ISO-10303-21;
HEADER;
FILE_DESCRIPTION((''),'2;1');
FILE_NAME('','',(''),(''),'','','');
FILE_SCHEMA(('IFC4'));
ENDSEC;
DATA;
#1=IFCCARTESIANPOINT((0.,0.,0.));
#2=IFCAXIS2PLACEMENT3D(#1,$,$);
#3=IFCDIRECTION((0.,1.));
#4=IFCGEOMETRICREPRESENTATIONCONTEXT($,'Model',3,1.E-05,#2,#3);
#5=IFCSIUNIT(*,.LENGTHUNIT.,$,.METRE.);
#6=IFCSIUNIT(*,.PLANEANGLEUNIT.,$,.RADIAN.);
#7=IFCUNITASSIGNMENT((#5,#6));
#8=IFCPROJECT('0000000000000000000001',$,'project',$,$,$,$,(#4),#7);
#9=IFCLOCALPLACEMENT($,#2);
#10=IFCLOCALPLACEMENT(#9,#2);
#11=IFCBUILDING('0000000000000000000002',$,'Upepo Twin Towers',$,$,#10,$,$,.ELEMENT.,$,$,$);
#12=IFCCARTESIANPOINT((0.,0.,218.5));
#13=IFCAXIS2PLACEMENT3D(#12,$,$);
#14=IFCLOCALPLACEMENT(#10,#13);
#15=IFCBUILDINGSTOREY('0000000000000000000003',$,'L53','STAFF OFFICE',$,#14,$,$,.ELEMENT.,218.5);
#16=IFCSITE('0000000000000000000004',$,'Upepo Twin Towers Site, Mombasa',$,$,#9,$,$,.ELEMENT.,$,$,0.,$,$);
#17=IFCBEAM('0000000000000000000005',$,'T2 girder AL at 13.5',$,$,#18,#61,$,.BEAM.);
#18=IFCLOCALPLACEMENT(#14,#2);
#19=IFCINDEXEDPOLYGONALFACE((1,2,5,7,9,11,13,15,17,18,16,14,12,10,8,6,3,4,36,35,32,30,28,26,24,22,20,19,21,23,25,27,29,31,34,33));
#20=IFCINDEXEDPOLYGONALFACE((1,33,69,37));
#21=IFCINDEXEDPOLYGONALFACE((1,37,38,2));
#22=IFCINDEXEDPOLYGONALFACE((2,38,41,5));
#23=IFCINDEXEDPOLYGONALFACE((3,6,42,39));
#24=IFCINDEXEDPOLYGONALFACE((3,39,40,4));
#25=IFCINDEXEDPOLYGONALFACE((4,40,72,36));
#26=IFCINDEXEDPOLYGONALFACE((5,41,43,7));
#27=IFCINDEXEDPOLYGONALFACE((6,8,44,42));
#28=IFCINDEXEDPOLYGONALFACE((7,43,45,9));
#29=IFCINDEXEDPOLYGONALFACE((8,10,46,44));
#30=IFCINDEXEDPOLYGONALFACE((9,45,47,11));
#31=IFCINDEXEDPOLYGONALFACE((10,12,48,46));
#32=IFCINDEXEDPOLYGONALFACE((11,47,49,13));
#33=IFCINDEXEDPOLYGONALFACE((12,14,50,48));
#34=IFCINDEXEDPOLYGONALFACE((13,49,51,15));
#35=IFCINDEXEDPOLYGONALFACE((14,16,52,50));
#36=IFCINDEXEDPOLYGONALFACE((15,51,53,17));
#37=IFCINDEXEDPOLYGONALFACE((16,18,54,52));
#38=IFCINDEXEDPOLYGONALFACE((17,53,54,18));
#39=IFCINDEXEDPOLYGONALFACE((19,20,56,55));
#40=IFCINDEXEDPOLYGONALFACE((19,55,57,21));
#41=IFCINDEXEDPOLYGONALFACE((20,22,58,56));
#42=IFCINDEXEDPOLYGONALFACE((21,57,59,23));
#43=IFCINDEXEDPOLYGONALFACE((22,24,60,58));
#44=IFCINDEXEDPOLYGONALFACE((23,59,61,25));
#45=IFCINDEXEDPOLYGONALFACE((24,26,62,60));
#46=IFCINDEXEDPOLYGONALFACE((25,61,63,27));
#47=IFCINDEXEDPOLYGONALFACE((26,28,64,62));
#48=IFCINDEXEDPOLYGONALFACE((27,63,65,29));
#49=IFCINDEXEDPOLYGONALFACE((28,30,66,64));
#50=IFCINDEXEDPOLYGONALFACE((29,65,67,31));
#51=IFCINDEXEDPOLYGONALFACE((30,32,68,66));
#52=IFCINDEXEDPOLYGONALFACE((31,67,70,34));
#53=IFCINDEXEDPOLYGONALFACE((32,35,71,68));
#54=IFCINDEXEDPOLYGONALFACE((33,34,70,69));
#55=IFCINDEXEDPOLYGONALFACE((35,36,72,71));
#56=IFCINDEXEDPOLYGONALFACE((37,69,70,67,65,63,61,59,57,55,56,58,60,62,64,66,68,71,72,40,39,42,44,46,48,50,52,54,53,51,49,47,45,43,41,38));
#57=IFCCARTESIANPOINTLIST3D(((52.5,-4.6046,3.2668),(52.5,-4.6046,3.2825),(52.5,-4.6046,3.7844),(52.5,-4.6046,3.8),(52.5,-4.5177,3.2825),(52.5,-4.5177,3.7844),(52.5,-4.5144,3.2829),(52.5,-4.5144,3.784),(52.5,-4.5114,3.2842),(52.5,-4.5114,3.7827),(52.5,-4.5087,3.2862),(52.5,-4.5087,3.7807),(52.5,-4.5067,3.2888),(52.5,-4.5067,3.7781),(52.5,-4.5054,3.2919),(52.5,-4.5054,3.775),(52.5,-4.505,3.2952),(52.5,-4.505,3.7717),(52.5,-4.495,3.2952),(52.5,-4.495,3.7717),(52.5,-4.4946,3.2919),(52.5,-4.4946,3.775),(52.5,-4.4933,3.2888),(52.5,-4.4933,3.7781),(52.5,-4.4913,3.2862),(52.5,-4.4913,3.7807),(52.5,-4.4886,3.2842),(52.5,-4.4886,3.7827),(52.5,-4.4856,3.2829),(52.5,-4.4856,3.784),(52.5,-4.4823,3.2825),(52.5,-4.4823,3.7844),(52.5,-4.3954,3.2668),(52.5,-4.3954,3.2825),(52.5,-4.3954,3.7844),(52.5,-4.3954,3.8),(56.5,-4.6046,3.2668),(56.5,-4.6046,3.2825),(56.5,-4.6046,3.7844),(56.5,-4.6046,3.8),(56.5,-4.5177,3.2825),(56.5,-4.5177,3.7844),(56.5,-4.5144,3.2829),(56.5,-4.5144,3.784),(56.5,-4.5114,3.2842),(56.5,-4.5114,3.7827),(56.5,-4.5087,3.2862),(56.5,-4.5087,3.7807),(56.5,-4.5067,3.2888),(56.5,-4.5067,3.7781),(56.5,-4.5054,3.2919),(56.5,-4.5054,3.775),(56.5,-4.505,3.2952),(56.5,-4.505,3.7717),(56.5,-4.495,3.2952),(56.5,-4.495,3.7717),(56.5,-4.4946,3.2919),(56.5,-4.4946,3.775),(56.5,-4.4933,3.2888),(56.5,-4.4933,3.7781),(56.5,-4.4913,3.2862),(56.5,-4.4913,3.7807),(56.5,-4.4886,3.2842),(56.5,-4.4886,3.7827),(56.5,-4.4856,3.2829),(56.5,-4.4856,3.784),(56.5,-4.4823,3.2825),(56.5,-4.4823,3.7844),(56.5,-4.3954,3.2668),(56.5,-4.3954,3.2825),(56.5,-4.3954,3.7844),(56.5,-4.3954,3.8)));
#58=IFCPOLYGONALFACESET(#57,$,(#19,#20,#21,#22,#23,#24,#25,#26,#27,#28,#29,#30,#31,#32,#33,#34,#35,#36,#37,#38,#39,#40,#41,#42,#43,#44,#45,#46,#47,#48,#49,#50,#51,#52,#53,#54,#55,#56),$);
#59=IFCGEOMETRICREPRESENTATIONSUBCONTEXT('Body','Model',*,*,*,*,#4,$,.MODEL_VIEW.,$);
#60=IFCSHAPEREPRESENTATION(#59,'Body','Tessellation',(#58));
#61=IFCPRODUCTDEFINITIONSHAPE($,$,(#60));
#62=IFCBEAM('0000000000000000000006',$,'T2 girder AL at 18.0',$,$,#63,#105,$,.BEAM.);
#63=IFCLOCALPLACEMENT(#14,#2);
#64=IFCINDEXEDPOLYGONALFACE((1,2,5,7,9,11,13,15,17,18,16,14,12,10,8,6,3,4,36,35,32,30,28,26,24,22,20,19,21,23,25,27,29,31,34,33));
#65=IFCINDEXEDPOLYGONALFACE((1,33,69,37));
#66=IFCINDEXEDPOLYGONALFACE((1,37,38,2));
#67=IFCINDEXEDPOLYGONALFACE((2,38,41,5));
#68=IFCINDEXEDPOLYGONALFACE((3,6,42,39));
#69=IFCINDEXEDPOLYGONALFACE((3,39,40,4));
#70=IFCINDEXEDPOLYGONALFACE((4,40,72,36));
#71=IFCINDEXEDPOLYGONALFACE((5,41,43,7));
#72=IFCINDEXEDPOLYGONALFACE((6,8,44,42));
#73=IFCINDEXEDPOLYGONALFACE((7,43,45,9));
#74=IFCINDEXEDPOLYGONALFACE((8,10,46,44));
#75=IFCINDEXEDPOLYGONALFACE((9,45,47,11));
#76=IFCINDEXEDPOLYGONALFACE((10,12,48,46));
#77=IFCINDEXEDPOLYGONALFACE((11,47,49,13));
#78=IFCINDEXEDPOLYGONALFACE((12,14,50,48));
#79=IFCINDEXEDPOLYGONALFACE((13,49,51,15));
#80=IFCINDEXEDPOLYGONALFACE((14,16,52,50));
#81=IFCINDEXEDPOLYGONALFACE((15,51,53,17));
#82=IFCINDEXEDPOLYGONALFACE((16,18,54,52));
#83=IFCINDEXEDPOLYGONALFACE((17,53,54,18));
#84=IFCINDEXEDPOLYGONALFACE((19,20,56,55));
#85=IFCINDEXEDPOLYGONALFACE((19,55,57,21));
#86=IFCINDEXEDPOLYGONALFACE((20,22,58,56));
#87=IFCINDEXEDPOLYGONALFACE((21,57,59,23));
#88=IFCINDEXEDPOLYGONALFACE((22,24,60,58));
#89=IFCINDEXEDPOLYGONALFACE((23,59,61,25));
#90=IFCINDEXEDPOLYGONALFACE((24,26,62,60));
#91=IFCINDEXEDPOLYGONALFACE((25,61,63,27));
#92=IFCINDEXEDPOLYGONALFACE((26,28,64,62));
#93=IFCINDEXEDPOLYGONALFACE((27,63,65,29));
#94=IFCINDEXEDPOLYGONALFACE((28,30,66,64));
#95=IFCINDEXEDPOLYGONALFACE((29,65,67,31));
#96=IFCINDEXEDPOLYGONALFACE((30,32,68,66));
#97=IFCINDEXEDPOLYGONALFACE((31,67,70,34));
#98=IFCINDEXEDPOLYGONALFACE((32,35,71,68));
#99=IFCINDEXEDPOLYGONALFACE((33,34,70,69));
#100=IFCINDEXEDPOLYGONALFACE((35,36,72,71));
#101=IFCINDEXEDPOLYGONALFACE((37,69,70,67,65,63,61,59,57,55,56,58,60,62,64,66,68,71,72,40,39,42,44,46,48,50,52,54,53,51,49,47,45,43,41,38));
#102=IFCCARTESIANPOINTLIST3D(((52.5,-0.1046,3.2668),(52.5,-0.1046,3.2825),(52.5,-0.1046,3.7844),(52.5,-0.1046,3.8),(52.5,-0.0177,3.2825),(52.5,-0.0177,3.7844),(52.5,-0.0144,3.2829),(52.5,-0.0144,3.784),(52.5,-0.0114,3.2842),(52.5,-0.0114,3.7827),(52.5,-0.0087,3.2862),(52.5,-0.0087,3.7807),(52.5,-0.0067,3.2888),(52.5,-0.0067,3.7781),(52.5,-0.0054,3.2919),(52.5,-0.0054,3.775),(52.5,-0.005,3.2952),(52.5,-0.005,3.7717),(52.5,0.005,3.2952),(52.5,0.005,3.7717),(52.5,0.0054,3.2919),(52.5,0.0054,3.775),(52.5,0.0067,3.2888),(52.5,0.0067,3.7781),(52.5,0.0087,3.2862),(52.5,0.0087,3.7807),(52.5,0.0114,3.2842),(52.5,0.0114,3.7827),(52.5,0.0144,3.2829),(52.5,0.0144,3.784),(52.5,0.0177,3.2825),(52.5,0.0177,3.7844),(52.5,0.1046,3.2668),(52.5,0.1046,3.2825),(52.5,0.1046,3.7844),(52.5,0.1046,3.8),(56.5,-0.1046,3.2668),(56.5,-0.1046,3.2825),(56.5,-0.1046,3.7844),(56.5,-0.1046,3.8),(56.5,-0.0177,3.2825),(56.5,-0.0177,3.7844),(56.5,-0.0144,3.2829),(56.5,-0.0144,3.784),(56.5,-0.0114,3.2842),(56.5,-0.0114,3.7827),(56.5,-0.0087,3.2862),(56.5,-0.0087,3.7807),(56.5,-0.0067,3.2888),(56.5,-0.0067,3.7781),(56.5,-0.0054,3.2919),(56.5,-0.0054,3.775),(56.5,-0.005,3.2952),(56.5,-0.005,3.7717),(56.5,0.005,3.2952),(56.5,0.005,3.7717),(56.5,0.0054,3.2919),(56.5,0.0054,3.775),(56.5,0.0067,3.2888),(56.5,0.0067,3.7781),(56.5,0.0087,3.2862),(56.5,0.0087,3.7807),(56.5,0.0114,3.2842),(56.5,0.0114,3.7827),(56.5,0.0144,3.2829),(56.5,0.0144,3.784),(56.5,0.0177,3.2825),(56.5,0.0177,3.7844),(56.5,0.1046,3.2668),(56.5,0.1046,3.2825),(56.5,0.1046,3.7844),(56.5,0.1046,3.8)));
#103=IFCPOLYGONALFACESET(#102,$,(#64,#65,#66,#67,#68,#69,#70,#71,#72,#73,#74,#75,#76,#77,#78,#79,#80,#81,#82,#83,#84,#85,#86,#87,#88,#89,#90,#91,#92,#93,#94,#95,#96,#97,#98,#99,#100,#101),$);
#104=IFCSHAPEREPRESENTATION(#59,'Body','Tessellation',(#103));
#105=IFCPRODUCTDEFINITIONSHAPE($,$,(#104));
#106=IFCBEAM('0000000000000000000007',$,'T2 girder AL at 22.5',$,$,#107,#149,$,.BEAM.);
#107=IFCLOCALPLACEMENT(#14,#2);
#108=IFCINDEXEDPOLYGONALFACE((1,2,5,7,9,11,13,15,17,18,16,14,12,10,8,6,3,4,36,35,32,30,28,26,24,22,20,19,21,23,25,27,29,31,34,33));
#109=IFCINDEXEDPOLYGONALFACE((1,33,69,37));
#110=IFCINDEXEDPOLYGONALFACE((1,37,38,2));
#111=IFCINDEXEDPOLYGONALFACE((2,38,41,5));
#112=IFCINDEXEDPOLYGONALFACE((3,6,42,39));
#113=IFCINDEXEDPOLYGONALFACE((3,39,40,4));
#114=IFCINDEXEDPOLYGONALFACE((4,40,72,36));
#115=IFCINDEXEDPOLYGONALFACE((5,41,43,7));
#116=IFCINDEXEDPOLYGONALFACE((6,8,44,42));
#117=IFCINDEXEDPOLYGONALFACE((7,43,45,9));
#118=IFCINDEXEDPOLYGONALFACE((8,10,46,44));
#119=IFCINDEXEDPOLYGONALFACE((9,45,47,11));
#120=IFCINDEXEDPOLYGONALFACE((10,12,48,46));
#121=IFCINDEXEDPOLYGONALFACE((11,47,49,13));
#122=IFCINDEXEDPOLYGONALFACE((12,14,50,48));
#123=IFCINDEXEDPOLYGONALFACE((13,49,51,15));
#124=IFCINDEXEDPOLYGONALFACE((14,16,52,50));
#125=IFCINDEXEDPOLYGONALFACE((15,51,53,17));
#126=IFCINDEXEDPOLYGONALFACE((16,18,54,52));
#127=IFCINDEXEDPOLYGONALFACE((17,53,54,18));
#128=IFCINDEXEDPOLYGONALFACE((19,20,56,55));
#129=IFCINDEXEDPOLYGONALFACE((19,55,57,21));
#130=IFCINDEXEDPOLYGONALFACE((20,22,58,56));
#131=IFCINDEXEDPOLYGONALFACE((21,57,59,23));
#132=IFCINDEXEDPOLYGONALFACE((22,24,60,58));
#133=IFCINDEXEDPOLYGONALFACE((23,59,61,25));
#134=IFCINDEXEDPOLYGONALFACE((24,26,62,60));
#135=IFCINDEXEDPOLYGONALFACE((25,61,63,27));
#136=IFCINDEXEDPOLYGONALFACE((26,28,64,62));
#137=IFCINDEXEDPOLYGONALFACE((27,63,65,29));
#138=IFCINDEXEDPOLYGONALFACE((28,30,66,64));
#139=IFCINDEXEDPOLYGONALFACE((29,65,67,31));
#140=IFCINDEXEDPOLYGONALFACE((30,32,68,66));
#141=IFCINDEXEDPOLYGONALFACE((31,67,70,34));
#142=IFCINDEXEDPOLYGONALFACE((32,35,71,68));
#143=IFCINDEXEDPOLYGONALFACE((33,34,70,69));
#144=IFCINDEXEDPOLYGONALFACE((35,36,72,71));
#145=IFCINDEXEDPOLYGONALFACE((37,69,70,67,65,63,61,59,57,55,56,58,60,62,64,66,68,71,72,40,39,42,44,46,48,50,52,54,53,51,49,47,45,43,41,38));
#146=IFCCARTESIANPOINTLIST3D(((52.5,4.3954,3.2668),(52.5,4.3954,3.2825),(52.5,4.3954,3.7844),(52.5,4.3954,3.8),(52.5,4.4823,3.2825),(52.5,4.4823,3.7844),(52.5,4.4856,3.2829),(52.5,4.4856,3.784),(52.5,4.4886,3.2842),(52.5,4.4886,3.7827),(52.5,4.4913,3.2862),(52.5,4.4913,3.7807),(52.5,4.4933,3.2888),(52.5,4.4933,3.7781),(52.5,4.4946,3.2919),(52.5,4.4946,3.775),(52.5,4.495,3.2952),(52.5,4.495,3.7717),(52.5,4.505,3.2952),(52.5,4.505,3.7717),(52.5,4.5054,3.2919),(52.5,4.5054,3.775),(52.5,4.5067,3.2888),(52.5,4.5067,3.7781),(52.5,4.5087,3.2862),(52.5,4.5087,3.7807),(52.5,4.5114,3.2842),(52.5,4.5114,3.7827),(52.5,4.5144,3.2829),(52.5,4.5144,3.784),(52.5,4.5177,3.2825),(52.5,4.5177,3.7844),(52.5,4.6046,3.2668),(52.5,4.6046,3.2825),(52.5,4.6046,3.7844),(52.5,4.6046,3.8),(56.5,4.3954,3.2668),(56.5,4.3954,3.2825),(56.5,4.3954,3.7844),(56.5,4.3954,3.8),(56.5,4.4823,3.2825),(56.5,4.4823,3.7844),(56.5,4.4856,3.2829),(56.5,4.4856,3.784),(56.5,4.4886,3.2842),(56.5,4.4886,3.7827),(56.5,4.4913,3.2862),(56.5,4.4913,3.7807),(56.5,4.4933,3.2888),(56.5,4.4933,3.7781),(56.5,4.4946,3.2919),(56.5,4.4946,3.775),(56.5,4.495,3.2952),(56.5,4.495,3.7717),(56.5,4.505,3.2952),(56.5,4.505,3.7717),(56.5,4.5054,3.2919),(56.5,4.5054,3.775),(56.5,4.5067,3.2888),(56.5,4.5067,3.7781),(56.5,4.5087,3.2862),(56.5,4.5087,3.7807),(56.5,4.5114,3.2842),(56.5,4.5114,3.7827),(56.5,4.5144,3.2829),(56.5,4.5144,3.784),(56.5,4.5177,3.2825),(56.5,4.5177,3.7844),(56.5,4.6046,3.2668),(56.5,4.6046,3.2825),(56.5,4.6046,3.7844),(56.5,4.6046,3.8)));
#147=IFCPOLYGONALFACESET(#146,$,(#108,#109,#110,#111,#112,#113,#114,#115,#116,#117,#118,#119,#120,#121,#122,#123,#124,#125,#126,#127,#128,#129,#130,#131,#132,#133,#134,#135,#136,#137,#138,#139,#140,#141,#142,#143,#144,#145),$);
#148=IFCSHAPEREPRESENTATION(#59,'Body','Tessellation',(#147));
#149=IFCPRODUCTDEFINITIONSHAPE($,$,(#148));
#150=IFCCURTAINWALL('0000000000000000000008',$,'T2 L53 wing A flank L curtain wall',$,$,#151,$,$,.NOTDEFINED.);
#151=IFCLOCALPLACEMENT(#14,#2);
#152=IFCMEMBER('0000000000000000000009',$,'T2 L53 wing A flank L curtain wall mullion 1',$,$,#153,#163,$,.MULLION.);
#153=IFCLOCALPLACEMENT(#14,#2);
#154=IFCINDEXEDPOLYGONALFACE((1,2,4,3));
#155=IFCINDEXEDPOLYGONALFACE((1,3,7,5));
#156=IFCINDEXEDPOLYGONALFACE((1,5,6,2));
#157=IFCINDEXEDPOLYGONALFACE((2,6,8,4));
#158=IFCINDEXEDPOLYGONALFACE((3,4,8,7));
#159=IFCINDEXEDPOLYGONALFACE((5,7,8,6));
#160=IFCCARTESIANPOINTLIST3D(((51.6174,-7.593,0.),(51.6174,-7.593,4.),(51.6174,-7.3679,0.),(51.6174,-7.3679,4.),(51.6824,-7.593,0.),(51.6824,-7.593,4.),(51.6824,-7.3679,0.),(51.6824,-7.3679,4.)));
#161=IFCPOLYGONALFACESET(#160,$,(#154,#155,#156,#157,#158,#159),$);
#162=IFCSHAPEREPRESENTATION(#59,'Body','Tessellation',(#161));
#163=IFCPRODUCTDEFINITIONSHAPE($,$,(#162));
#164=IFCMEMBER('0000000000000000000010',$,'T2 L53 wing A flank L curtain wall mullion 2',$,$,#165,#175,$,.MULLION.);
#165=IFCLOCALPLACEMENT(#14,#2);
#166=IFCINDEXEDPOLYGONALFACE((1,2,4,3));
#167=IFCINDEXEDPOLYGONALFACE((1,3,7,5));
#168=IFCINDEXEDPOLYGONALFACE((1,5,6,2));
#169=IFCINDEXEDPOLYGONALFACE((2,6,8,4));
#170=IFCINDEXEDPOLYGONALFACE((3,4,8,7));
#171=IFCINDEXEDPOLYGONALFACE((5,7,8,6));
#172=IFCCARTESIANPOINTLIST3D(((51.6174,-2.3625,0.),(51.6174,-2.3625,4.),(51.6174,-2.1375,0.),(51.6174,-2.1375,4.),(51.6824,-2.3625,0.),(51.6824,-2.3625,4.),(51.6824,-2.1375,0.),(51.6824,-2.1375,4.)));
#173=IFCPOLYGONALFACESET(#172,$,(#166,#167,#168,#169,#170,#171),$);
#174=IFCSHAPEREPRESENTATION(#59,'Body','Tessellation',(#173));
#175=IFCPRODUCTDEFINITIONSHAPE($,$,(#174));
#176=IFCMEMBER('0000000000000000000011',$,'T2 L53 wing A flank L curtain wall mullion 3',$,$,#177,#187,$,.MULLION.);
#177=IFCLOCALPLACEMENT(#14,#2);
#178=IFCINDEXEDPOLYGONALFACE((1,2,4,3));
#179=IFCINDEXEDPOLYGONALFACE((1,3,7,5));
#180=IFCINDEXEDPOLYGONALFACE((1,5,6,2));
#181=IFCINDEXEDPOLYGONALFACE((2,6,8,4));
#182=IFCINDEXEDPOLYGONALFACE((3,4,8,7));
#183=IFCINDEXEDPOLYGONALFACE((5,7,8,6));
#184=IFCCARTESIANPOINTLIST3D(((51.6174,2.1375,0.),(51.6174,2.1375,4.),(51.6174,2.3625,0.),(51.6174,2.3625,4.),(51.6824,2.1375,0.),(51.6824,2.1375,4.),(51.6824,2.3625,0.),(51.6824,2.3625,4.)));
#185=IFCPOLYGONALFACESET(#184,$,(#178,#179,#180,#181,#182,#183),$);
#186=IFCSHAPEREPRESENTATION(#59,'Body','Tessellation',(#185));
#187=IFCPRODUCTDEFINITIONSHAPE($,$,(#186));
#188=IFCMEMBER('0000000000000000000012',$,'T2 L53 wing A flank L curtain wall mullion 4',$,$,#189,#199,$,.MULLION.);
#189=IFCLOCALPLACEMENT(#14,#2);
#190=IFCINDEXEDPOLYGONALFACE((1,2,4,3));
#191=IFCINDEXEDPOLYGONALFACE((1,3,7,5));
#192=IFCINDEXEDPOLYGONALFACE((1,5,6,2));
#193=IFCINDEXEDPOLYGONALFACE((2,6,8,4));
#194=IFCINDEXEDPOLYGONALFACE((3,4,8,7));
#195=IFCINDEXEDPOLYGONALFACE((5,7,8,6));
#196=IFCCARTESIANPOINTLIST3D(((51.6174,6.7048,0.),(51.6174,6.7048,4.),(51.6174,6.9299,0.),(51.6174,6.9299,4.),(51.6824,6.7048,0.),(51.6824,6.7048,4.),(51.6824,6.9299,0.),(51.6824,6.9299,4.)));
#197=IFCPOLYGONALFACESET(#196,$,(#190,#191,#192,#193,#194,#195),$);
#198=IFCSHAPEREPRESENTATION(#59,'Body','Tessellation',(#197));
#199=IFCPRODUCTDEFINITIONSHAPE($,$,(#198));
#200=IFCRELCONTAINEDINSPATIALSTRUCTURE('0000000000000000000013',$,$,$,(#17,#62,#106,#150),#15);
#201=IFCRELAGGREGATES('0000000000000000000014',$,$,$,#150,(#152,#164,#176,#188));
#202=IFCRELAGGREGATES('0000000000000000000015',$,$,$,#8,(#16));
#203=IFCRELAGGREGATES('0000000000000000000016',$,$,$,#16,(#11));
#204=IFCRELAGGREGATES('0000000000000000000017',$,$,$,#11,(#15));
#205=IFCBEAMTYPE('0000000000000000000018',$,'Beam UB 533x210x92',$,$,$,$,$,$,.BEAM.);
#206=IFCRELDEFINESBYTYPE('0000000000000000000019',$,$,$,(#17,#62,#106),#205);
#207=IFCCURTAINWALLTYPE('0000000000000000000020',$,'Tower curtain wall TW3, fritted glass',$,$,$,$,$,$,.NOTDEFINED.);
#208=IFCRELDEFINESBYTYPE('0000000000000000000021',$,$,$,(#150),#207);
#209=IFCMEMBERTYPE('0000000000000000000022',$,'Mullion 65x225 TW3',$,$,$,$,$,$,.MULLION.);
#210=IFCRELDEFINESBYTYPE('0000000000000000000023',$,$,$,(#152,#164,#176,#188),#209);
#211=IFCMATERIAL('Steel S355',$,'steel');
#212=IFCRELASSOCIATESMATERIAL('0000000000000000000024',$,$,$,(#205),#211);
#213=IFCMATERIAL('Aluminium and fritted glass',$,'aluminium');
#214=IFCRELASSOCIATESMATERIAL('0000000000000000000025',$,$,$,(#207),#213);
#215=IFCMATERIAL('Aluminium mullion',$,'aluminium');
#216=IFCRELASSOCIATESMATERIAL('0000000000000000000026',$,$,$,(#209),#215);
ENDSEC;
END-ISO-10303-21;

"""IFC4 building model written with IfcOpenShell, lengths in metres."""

from ifc_helpers import new_model, si_unit, direction, frame, origin, origin_2d, place, context, subcontext, project, spatial, rectangle, i_section, extrude, material, material_profile, profile_set, type_object, element, aggregate, save


model = new_model("IFC4")

# Units and contexts
model_context = context("Model", 3, precision=1e-05, world=origin(), true_north=direction((0.0, 1.0)))
body_context = subcontext(model_context, "Body", "Model", "MODEL_VIEW")
ifc_project = project(units=[si_unit("LENGTHUNIT", "METRE"), si_unit("PLANEANGLEUNIT", "RADIAN")], contexts=[model_context])

# Site, building, storey
site_placement = place(None, origin())
site = spatial("IfcSite", under=ifc_project, at=site_placement, Name="Upepo Twin Towers Site, Mombasa", CompositionType="ELEMENT", RefElevation=0.0)
building_placement = place(site_placement, origin())
building = spatial("IfcBuilding", under=site, at=building_placement, Name="Upepo Twin Towers", CompositionType="ELEMENT")
storey_placement = place(building_placement, frame((0.0, 0.0, 218.5)))
storey = spatial("IfcBuildingStorey", under=building, at=storey_placement, Name="L53", Description="STAFF OFFICE", CompositionType="ELEMENT", Elevation=218.5)

# Beams
ifc_material_1 = material(Name="Steel S355", Category="steel")
ifc_material_profile_1 = material_profile(ifc_material_1, i_section(OverallWidth=0.2092, OverallDepth=0.5332, WebThickness=0.01, FlangeThickness=0.0156, FilletRadius=0.0127, at=origin_2d()), Name="UB 533x210x92")
ifc_profile_set_1 = profile_set([ifc_material_profile_1], Name="Steel S355")
beam_type_1 = type_object("IfcBeamType", Name="Beam UB 533x210x92", PredefinedType="BEAM", material=ifc_profile_set_1)
for number, where, z_axis, x_axis, name in (
    (1, (52.5, -4.5, 3.5334), (1.0, 0.0, 0.0), (0.0, 1.0, 0.0), "T2 girder AL at 13.5"),
    (2, (52.5, 0.0, 3.5334), (1.0, 0.0, 0.0), (0.0, 1.0, 0.0), "T2 girder AL at 18.0"),
    (3, (52.5, 4.5, 3.5334), (1.0, 0.0, 0.0), (0.0, 1.0, 0.0), "T2 girder AL at 22.5"),
):
    element("IfcBeam", number, at=place(storey_placement, frame(where, z_axis=z_axis, x_axis=x_axis)), inside=storey, type_object=beam_type_1, Name=name, PredefinedType="BEAM", context=body_context, shape_type="SweptSolid", body=[
        extrude(i_section(OverallWidth=0.2092, OverallDepth=0.5332, WebThickness=0.01, FlangeThickness=0.0156, FilletRadius=0.0127, at=origin_2d()), origin(), (0.0, 0.0, 1.0), 4.0),
    ])

# Curtain wall, members
ifc_material_2 = material(Name="Aluminium and fritted glass", Category="aluminium")
curtain_wall_type = type_object("IfcCurtainWallType", Name="Tower curtain wall TW3, fritted glass", PredefinedType="NOTDEFINED", material=ifc_material_2)
curtain_wall_1_placement = place(storey_placement, origin())
curtain_wall_1 = element("IfcCurtainWall", 4, at=curtain_wall_1_placement, inside=storey, type_object=curtain_wall_type, Name="T2 L53 wing A flank L curtain wall", PredefinedType="NOTDEFINED")
ifc_material_3 = material(Name="Aluminium mullion", Category="aluminium")
ifc_material_profile_2 = material_profile(ifc_material_3, rectangle(XDim=0.0649, YDim=0.2251, at=origin_2d()), Name="MULLION 65x225")
ifc_profile_set_2 = profile_set([ifc_material_profile_2], Name="Aluminium mullion")
member_type_1 = type_object("IfcMemberType", Name="Mullion 65x225 TW3", PredefinedType="MULLION", material=ifc_profile_set_2)
member_1_placement = place(storey_placement, frame((51.6499, -7.4805, 0.0), z_axis=(0.0, 0.0, 1.0), x_axis=(-1.0, 0.0, 0.0)))
member_1 = element("IfcMember", 5, at=member_1_placement, type_object=member_type_1, Name="T2 L53 wing A flank L curtain wall mullion 1", PredefinedType="MULLION", context=body_context, shape_type="SweptSolid", body=[
    extrude(rectangle(XDim=0.0649, YDim=0.2251, at=origin_2d()), origin(), (0.0, 0.0, 1.0), 4.0),
])
member_2_placement = place(storey_placement, frame((51.6499, -2.25, 0.0), z_axis=(0.0, 0.0, 1.0), x_axis=(-1.0, 0.0, 0.0)))
member_2 = element("IfcMember", 6, at=member_2_placement, type_object=member_type_1, Name="T2 L53 wing A flank L curtain wall mullion 2", PredefinedType="MULLION", context=body_context, shape_type="SweptSolid", body=[
    extrude(rectangle(XDim=0.0649, YDim=0.2251, at=origin_2d()), origin(), (0.0, 0.0, 1.0), 4.0),
])
member_3_placement = place(storey_placement, frame((51.6499, 2.25, 0.0), z_axis=(0.0, 0.0, 1.0), x_axis=(-1.0, 0.0, 0.0)))
member_3 = element("IfcMember", 7, at=member_3_placement, type_object=member_type_1, Name="T2 L53 wing A flank L curtain wall mullion 3", PredefinedType="MULLION", context=body_context, shape_type="SweptSolid", body=[
    extrude(rectangle(XDim=0.0649, YDim=0.2251, at=origin_2d()), origin(), (0.0, 0.0, 1.0), 4.0),
])
member_4_placement = place(storey_placement, frame((51.6499, 6.8174, 0.0), z_axis=(0.0, 0.0, 1.0), x_axis=(-1.0, 0.0, 0.0)))
member_4 = element("IfcMember", 8, at=member_4_placement, type_object=member_type_1, Name="T2 L53 wing A flank L curtain wall mullion 4", PredefinedType="MULLION", context=body_context, shape_type="SweptSolid", body=[
    extrude(rectangle(XDim=0.0649, YDim=0.2251, at=origin_2d()), origin(), (0.0, 0.0, 1.0), 4.0),
])

aggregate(curtain_wall_1, [member_1, member_2, member_3, member_4])

save(model, "model.ifc")
